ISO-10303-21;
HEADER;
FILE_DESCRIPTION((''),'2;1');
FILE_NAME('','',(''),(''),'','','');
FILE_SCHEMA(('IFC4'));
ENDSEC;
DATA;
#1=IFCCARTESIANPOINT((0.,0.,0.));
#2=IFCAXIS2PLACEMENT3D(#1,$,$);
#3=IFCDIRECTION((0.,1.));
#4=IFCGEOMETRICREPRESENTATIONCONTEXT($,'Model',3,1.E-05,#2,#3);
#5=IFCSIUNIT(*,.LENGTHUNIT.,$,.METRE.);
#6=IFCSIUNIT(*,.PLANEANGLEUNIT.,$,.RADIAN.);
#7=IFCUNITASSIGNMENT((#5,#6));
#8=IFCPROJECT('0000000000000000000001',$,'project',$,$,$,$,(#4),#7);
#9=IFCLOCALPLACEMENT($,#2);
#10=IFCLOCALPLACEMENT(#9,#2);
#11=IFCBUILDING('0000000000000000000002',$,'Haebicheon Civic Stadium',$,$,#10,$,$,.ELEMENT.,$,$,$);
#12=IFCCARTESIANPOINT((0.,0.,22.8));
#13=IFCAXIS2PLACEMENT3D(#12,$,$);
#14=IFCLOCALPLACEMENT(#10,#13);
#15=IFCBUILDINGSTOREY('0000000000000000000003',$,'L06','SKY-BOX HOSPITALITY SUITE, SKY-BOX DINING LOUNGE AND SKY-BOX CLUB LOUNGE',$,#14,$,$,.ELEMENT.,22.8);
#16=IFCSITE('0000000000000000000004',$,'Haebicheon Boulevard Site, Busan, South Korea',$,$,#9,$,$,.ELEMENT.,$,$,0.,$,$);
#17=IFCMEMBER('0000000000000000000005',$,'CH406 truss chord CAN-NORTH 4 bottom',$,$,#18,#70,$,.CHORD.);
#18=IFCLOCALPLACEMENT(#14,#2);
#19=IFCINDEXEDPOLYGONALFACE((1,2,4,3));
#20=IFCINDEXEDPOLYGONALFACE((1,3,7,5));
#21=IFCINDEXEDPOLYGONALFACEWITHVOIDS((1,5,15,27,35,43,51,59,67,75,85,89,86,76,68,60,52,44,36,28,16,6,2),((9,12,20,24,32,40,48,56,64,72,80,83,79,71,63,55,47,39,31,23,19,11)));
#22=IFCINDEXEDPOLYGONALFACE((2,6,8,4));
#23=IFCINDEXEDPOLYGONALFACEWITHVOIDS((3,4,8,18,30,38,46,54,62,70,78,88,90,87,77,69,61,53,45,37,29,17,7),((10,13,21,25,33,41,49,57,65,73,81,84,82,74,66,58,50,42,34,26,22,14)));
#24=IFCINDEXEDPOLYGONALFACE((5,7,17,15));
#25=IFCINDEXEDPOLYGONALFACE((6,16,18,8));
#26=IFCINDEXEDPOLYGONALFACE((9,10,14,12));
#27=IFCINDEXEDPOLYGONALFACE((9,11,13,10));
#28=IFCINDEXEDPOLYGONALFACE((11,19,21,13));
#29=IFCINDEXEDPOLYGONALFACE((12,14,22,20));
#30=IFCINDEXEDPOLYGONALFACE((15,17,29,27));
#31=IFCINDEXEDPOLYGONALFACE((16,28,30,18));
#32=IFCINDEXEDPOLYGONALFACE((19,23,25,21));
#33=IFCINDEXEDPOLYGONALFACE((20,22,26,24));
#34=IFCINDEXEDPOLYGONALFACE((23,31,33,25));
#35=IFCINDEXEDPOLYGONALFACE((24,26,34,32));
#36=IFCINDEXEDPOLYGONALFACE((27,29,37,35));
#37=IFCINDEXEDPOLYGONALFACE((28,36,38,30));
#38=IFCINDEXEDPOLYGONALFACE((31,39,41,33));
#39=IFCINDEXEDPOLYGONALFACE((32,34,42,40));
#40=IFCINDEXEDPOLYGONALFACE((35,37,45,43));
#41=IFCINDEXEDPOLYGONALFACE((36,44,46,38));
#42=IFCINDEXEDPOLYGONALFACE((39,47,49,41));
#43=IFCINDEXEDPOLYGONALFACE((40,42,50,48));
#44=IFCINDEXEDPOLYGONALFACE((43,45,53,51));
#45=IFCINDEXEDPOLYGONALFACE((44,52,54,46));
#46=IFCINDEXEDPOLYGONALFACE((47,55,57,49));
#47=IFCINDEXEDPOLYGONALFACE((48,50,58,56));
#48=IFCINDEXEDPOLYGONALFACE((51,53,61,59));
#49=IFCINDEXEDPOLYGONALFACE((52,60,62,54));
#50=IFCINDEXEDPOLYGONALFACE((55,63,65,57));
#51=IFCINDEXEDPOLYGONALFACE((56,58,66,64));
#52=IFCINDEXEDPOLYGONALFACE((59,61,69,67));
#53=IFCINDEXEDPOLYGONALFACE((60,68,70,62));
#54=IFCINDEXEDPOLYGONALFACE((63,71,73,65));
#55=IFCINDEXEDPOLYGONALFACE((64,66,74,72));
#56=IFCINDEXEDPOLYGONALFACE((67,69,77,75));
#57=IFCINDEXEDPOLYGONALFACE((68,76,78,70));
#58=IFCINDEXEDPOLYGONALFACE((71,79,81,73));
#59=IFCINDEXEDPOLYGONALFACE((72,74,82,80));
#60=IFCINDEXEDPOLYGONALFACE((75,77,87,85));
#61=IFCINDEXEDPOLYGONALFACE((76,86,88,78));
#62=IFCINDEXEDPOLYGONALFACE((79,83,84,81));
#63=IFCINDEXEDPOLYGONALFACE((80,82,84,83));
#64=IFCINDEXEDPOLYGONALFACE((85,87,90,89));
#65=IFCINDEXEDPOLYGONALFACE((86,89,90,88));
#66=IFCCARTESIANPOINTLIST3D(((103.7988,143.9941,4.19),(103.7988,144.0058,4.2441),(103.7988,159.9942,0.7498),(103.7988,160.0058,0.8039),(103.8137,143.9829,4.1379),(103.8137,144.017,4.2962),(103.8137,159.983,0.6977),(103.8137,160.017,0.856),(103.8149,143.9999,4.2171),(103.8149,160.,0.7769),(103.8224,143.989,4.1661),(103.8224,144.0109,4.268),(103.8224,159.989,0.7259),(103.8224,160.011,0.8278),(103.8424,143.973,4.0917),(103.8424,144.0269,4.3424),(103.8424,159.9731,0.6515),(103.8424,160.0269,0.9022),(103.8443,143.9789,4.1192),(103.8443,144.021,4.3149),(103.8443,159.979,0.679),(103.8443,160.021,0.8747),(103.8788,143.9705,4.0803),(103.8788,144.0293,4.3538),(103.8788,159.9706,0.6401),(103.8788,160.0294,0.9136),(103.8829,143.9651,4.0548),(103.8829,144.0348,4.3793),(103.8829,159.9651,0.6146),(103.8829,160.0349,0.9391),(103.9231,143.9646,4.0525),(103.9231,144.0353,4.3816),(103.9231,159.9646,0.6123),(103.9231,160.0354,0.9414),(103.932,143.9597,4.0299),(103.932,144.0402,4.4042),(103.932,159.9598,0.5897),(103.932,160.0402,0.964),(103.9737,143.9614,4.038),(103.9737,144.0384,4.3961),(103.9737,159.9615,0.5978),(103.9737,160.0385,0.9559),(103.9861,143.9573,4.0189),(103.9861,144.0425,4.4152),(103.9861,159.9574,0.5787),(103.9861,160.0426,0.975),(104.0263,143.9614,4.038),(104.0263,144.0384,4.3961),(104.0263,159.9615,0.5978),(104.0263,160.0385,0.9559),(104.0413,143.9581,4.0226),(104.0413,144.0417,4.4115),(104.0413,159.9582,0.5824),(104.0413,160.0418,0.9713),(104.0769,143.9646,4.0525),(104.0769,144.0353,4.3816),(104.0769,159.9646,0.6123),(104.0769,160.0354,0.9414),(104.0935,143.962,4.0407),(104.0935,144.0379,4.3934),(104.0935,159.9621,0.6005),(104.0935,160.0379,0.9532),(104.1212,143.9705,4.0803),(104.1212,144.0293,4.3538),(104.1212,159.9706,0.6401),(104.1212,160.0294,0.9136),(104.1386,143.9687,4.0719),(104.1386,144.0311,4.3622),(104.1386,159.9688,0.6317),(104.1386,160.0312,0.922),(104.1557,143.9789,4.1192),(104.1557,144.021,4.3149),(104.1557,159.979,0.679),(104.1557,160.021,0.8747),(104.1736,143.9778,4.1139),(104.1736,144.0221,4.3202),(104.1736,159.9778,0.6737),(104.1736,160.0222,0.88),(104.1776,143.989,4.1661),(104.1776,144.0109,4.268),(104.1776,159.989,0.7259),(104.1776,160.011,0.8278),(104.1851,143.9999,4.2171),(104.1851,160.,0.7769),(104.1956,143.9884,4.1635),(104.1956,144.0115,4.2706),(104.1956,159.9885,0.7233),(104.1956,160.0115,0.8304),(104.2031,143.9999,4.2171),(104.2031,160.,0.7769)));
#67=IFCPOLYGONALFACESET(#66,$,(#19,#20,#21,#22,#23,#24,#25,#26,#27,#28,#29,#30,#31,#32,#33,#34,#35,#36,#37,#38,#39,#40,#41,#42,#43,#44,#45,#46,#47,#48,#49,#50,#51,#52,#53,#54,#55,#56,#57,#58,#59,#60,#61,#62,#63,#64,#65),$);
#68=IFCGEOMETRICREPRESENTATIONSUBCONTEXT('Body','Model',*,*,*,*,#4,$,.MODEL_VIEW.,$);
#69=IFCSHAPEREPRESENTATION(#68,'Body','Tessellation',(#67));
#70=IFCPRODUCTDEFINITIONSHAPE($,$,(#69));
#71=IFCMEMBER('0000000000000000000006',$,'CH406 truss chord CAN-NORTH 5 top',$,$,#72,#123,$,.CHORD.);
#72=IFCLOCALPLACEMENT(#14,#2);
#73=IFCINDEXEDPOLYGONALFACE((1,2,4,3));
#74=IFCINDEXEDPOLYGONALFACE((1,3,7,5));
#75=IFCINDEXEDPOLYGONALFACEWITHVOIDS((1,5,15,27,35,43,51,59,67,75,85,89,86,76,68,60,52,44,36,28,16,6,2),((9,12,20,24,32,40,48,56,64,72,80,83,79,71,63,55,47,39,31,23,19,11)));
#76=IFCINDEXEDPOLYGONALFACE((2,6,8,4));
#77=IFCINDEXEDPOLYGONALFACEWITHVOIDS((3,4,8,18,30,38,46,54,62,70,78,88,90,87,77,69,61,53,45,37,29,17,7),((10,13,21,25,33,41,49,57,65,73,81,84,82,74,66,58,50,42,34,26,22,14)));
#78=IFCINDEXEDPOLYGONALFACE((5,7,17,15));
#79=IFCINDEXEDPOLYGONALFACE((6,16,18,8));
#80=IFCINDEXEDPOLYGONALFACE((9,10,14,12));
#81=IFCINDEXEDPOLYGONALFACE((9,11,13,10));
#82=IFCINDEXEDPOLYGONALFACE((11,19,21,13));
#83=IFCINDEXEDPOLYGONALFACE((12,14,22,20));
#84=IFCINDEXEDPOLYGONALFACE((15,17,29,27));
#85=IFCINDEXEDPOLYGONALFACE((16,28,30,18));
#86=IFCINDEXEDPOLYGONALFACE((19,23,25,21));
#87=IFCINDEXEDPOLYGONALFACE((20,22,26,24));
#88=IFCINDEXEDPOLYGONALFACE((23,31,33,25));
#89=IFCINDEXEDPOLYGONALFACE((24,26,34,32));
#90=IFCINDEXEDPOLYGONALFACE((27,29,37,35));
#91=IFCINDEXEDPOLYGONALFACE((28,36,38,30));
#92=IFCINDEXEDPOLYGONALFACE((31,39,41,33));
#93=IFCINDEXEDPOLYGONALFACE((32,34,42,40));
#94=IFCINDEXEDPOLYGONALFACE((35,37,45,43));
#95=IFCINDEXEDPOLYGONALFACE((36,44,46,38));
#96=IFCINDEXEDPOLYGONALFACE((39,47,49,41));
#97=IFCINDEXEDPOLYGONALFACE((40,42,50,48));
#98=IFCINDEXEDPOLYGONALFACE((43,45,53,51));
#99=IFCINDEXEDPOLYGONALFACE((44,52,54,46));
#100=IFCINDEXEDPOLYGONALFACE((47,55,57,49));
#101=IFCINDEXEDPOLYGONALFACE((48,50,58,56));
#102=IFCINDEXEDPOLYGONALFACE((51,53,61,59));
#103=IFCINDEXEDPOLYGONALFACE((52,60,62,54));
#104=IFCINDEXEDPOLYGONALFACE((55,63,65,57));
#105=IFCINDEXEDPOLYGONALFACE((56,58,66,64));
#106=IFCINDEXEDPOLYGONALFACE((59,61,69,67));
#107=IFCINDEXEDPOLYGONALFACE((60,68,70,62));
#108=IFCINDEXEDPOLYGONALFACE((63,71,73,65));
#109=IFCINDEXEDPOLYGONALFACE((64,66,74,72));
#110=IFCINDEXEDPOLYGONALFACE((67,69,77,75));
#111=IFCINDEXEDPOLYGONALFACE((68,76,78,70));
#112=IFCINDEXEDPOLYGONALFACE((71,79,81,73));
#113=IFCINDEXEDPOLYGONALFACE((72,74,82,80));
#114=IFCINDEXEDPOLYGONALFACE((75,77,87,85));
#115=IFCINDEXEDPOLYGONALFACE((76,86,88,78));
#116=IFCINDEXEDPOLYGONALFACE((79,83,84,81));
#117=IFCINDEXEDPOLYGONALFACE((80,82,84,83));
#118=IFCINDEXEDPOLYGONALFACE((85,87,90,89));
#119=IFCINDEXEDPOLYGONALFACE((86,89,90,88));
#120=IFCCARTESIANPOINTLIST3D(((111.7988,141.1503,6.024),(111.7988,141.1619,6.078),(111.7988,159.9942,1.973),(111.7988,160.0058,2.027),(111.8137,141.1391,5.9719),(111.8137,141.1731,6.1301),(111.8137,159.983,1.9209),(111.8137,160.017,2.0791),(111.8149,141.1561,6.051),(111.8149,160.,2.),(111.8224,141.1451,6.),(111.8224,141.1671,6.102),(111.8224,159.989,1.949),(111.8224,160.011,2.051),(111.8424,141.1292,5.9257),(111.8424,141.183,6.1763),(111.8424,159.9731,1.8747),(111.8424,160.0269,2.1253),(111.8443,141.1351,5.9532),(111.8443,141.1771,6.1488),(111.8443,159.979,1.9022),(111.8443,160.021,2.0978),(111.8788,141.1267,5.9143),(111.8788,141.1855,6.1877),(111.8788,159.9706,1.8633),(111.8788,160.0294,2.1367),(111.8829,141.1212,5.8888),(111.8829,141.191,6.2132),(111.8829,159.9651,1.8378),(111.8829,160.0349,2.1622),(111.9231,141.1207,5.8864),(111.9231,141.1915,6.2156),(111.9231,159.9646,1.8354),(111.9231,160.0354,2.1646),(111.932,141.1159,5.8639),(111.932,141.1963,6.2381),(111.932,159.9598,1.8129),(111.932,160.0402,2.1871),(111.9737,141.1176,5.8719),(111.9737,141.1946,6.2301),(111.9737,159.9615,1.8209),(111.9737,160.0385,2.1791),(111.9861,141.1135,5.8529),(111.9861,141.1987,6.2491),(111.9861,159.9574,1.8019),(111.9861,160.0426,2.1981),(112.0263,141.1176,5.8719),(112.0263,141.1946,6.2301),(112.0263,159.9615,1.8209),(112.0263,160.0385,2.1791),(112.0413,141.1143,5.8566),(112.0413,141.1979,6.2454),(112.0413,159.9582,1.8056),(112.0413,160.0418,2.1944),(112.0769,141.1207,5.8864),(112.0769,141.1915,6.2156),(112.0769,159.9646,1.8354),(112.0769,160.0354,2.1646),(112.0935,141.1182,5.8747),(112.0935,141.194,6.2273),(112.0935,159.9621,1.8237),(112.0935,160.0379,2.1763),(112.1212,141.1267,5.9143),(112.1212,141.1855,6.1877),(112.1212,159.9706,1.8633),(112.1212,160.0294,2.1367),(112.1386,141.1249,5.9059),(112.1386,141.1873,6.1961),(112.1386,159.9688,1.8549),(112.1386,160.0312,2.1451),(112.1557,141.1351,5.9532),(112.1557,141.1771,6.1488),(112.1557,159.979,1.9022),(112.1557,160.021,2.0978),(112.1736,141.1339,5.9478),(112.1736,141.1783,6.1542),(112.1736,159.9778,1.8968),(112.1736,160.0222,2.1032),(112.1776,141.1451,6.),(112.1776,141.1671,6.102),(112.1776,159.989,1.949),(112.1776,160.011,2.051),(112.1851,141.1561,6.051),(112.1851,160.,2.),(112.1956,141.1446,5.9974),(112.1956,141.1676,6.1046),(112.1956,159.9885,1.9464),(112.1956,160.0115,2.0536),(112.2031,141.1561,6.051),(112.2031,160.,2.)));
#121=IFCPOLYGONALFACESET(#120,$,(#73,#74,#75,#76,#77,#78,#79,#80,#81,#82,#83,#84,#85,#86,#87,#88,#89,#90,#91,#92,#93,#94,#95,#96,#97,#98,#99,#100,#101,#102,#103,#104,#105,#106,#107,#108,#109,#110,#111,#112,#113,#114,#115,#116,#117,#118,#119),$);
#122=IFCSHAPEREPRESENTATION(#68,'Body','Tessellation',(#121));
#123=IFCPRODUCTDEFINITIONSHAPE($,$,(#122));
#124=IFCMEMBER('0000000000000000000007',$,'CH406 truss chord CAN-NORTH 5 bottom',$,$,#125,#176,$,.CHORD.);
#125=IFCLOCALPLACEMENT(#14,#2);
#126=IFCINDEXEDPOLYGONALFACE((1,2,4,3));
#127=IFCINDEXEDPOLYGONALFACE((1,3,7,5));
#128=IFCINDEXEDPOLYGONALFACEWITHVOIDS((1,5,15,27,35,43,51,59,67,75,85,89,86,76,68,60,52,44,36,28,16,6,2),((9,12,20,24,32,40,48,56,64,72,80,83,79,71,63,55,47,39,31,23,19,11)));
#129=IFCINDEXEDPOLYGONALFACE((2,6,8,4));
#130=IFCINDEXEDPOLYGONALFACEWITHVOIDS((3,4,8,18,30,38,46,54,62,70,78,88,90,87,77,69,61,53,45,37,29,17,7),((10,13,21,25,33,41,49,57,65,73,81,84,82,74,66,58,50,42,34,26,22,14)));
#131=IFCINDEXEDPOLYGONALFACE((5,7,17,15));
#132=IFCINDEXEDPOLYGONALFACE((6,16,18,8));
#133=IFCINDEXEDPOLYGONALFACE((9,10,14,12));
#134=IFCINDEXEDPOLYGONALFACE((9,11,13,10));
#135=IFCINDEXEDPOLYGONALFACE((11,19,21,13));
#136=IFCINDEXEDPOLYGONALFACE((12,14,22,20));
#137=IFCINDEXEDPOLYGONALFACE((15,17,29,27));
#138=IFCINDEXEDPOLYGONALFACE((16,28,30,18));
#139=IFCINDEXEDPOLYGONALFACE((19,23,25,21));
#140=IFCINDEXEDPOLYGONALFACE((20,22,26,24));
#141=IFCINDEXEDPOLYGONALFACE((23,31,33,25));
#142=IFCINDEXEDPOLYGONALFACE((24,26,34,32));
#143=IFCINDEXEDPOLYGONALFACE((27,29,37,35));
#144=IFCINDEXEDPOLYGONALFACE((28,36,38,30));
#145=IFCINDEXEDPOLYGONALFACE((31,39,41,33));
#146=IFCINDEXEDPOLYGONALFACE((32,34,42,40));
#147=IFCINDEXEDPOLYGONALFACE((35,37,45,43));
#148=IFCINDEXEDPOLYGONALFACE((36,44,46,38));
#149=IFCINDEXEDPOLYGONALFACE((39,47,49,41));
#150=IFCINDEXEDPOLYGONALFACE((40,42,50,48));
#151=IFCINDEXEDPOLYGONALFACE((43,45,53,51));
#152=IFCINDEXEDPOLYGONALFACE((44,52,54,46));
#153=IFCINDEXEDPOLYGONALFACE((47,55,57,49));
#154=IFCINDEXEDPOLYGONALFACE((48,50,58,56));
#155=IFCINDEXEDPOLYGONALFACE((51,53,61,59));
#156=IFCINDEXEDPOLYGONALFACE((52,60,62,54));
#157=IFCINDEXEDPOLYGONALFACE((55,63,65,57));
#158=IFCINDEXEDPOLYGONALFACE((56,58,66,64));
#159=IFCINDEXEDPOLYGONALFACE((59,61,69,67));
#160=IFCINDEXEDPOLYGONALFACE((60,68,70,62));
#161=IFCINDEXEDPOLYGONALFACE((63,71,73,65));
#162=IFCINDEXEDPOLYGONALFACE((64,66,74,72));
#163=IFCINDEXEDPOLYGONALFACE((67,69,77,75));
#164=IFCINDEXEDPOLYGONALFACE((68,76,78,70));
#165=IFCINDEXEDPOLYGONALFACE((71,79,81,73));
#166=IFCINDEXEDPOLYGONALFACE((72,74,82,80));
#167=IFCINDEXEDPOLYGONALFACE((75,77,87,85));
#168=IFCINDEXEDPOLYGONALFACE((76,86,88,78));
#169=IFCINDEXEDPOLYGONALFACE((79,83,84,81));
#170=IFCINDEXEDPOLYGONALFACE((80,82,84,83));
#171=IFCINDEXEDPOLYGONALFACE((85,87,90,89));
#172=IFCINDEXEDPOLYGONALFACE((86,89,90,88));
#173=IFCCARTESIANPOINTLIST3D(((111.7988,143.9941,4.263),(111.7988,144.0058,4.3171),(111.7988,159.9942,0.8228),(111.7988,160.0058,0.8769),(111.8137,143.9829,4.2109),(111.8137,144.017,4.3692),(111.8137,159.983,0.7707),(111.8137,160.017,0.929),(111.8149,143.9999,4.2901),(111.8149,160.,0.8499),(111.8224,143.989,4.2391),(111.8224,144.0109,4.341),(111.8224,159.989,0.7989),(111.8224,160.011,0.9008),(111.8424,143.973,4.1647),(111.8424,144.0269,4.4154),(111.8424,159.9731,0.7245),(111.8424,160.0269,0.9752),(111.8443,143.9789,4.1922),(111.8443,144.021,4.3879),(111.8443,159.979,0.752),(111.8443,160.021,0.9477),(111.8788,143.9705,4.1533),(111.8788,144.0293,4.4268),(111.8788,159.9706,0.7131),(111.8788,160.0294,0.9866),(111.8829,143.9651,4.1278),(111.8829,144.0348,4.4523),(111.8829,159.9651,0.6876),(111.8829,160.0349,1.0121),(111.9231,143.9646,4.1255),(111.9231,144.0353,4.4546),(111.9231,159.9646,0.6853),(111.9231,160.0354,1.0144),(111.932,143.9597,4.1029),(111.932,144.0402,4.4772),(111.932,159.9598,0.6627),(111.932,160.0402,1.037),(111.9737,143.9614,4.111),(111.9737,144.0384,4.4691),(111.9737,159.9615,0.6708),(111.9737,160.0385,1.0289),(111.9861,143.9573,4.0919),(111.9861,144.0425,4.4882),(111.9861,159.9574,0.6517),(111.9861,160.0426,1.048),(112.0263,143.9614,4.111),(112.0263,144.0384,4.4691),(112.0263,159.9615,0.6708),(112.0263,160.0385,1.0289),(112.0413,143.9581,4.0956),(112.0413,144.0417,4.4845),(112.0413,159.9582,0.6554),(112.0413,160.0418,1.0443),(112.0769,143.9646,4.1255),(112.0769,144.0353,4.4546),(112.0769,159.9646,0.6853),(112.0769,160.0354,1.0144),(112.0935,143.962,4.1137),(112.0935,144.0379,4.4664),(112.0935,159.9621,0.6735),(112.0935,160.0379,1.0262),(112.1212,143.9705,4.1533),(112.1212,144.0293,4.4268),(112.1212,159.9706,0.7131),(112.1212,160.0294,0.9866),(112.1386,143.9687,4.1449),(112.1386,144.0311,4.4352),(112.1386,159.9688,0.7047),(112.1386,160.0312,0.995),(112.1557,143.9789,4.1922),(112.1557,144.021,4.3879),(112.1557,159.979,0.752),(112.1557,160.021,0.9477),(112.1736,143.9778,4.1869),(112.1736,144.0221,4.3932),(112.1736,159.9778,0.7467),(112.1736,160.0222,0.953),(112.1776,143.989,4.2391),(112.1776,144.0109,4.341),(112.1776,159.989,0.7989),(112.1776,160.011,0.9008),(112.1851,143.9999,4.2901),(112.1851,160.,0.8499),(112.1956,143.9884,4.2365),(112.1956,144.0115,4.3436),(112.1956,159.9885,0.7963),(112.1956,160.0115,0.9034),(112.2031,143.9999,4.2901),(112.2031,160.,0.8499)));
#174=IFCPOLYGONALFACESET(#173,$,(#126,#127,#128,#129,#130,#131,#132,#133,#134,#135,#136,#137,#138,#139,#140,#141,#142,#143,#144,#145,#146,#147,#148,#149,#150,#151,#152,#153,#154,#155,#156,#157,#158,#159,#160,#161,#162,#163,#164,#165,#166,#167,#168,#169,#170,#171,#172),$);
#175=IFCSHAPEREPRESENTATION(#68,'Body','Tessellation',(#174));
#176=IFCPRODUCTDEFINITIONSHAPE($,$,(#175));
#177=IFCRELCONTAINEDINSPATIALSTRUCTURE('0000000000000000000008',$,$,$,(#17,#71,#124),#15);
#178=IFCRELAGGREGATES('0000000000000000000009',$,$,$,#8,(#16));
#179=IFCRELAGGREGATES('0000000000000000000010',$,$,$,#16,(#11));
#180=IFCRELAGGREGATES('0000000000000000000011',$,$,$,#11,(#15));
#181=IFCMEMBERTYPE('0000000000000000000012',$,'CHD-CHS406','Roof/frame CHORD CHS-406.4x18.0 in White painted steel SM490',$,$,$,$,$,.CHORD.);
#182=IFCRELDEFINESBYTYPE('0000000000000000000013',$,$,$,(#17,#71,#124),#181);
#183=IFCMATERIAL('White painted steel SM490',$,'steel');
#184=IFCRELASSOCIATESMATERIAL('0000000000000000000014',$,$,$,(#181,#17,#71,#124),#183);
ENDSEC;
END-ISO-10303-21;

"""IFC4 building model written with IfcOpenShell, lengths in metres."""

from ifc_helpers import new_model, si_unit, direction, frame, origin, origin_2d, place, context, subcontext, project, spatial, hollow_circle, extrude, material, material_profile, profile_set, type_object, element, save


model = new_model("IFC4")

# Units and contexts
model_context = context("Model", 3, precision=1e-05, world=origin(), true_north=direction((0.0, 1.0)))
body_context = subcontext(model_context, "Body", "Model", "MODEL_VIEW")
ifc_project = project(units=[si_unit("LENGTHUNIT", "METRE"), si_unit("PLANEANGLEUNIT", "RADIAN")], contexts=[model_context])

# Site, building, storey
site_placement = place(None, origin())
site = spatial("IfcSite", under=ifc_project, at=site_placement, Name="Haebicheon Boulevard Site, Busan, South Korea", CompositionType="ELEMENT", RefElevation=0.0)
building_placement = place(site_placement, origin())
building = spatial("IfcBuilding", under=site, at=building_placement, Name="Haebicheon Civic Stadium", CompositionType="ELEMENT")
storey_placement = place(building_placement, frame((0.0, 0.0, 22.8)))
storey = spatial("IfcBuildingStorey", under=building, at=storey_placement, Name="L06", Description="SKY-BOX HOSPITALITY SUITE, SKY-BOX DINING LOUNGE AND SKY-BOX CLUB LOUNGE", CompositionType="ELEMENT", Elevation=22.8)

# Members
ifc_material_1 = material(Name="White painted steel SM490", Category="steel")
ifc_material_profile_1 = material_profile(ifc_material_1, hollow_circle(Radius=0.2031, WallThickness=0.0181, at=origin_2d()), Name="CHS-406.4x18.0")
ifc_profile_set_1 = profile_set([ifc_material_profile_1], Name="White painted steel SM490")
member_type_1 = type_object("IfcMemberType", Name="CHD-CHS406", Description="Roof/frame CHORD CHS-406.4x18.0 in White painted steel SM490", PredefinedType="CHORD", material=ifc_profile_set_1)
member_1_placement = place(storey_placement, frame((104.0, 160.0, 0.7769), z_axis=(0.0, -0.977657, 0.210208), x_axis=(1.0, 0.0, 0.0)))
element("IfcMember", 1, at=member_1_placement, inside=storey, type_object=member_type_1, material=ifc_profile_set_1, Name="CH406 truss chord CAN-NORTH 4 bottom", PredefinedType="CHORD", context=body_context, shape_type="SweptSolid", body=[
    extrude(hollow_circle(Radius=0.2031, WallThickness=0.0181, at=origin_2d()), origin(), (0.0, 0.0, 1.0), 16.3657),
])
member_2_placement = place(storey_placement, frame((112.0, 160.0, 2.0), z_axis=(0.0, -0.977664, 0.210175), x_axis=(1.0, 0.0, 0.0)))
element("IfcMember", 2, at=member_2_placement, inside=storey, type_object=member_type_1, material=ifc_profile_set_1, Name="CH406 truss chord CAN-NORTH 5 top", PredefinedType="CHORD", context=body_context, shape_type="SweptSolid", body=[
    extrude(hollow_circle(Radius=0.2031, WallThickness=0.0181, at=origin_2d()), origin(), (0.0, 0.0, 1.0), 19.2744),
])
member_3_placement = place(storey_placement, frame((112.0, 160.0, 0.8499), z_axis=(0.0, -0.977657, 0.210208), x_axis=(1.0, 0.0, 0.0)))
element("IfcMember", 3, at=member_3_placement, inside=storey, type_object=member_type_1, material=ifc_profile_set_1, Name="CH406 truss chord CAN-NORTH 5 bottom", PredefinedType="CHORD", context=body_context, shape_type="SweptSolid", body=[
    extrude(hollow_circle(Radius=0.2031, WallThickness=0.0181, at=origin_2d()), origin(), (0.0, 0.0, 1.0), 16.3657),
])

save(model, "model.ifc")
